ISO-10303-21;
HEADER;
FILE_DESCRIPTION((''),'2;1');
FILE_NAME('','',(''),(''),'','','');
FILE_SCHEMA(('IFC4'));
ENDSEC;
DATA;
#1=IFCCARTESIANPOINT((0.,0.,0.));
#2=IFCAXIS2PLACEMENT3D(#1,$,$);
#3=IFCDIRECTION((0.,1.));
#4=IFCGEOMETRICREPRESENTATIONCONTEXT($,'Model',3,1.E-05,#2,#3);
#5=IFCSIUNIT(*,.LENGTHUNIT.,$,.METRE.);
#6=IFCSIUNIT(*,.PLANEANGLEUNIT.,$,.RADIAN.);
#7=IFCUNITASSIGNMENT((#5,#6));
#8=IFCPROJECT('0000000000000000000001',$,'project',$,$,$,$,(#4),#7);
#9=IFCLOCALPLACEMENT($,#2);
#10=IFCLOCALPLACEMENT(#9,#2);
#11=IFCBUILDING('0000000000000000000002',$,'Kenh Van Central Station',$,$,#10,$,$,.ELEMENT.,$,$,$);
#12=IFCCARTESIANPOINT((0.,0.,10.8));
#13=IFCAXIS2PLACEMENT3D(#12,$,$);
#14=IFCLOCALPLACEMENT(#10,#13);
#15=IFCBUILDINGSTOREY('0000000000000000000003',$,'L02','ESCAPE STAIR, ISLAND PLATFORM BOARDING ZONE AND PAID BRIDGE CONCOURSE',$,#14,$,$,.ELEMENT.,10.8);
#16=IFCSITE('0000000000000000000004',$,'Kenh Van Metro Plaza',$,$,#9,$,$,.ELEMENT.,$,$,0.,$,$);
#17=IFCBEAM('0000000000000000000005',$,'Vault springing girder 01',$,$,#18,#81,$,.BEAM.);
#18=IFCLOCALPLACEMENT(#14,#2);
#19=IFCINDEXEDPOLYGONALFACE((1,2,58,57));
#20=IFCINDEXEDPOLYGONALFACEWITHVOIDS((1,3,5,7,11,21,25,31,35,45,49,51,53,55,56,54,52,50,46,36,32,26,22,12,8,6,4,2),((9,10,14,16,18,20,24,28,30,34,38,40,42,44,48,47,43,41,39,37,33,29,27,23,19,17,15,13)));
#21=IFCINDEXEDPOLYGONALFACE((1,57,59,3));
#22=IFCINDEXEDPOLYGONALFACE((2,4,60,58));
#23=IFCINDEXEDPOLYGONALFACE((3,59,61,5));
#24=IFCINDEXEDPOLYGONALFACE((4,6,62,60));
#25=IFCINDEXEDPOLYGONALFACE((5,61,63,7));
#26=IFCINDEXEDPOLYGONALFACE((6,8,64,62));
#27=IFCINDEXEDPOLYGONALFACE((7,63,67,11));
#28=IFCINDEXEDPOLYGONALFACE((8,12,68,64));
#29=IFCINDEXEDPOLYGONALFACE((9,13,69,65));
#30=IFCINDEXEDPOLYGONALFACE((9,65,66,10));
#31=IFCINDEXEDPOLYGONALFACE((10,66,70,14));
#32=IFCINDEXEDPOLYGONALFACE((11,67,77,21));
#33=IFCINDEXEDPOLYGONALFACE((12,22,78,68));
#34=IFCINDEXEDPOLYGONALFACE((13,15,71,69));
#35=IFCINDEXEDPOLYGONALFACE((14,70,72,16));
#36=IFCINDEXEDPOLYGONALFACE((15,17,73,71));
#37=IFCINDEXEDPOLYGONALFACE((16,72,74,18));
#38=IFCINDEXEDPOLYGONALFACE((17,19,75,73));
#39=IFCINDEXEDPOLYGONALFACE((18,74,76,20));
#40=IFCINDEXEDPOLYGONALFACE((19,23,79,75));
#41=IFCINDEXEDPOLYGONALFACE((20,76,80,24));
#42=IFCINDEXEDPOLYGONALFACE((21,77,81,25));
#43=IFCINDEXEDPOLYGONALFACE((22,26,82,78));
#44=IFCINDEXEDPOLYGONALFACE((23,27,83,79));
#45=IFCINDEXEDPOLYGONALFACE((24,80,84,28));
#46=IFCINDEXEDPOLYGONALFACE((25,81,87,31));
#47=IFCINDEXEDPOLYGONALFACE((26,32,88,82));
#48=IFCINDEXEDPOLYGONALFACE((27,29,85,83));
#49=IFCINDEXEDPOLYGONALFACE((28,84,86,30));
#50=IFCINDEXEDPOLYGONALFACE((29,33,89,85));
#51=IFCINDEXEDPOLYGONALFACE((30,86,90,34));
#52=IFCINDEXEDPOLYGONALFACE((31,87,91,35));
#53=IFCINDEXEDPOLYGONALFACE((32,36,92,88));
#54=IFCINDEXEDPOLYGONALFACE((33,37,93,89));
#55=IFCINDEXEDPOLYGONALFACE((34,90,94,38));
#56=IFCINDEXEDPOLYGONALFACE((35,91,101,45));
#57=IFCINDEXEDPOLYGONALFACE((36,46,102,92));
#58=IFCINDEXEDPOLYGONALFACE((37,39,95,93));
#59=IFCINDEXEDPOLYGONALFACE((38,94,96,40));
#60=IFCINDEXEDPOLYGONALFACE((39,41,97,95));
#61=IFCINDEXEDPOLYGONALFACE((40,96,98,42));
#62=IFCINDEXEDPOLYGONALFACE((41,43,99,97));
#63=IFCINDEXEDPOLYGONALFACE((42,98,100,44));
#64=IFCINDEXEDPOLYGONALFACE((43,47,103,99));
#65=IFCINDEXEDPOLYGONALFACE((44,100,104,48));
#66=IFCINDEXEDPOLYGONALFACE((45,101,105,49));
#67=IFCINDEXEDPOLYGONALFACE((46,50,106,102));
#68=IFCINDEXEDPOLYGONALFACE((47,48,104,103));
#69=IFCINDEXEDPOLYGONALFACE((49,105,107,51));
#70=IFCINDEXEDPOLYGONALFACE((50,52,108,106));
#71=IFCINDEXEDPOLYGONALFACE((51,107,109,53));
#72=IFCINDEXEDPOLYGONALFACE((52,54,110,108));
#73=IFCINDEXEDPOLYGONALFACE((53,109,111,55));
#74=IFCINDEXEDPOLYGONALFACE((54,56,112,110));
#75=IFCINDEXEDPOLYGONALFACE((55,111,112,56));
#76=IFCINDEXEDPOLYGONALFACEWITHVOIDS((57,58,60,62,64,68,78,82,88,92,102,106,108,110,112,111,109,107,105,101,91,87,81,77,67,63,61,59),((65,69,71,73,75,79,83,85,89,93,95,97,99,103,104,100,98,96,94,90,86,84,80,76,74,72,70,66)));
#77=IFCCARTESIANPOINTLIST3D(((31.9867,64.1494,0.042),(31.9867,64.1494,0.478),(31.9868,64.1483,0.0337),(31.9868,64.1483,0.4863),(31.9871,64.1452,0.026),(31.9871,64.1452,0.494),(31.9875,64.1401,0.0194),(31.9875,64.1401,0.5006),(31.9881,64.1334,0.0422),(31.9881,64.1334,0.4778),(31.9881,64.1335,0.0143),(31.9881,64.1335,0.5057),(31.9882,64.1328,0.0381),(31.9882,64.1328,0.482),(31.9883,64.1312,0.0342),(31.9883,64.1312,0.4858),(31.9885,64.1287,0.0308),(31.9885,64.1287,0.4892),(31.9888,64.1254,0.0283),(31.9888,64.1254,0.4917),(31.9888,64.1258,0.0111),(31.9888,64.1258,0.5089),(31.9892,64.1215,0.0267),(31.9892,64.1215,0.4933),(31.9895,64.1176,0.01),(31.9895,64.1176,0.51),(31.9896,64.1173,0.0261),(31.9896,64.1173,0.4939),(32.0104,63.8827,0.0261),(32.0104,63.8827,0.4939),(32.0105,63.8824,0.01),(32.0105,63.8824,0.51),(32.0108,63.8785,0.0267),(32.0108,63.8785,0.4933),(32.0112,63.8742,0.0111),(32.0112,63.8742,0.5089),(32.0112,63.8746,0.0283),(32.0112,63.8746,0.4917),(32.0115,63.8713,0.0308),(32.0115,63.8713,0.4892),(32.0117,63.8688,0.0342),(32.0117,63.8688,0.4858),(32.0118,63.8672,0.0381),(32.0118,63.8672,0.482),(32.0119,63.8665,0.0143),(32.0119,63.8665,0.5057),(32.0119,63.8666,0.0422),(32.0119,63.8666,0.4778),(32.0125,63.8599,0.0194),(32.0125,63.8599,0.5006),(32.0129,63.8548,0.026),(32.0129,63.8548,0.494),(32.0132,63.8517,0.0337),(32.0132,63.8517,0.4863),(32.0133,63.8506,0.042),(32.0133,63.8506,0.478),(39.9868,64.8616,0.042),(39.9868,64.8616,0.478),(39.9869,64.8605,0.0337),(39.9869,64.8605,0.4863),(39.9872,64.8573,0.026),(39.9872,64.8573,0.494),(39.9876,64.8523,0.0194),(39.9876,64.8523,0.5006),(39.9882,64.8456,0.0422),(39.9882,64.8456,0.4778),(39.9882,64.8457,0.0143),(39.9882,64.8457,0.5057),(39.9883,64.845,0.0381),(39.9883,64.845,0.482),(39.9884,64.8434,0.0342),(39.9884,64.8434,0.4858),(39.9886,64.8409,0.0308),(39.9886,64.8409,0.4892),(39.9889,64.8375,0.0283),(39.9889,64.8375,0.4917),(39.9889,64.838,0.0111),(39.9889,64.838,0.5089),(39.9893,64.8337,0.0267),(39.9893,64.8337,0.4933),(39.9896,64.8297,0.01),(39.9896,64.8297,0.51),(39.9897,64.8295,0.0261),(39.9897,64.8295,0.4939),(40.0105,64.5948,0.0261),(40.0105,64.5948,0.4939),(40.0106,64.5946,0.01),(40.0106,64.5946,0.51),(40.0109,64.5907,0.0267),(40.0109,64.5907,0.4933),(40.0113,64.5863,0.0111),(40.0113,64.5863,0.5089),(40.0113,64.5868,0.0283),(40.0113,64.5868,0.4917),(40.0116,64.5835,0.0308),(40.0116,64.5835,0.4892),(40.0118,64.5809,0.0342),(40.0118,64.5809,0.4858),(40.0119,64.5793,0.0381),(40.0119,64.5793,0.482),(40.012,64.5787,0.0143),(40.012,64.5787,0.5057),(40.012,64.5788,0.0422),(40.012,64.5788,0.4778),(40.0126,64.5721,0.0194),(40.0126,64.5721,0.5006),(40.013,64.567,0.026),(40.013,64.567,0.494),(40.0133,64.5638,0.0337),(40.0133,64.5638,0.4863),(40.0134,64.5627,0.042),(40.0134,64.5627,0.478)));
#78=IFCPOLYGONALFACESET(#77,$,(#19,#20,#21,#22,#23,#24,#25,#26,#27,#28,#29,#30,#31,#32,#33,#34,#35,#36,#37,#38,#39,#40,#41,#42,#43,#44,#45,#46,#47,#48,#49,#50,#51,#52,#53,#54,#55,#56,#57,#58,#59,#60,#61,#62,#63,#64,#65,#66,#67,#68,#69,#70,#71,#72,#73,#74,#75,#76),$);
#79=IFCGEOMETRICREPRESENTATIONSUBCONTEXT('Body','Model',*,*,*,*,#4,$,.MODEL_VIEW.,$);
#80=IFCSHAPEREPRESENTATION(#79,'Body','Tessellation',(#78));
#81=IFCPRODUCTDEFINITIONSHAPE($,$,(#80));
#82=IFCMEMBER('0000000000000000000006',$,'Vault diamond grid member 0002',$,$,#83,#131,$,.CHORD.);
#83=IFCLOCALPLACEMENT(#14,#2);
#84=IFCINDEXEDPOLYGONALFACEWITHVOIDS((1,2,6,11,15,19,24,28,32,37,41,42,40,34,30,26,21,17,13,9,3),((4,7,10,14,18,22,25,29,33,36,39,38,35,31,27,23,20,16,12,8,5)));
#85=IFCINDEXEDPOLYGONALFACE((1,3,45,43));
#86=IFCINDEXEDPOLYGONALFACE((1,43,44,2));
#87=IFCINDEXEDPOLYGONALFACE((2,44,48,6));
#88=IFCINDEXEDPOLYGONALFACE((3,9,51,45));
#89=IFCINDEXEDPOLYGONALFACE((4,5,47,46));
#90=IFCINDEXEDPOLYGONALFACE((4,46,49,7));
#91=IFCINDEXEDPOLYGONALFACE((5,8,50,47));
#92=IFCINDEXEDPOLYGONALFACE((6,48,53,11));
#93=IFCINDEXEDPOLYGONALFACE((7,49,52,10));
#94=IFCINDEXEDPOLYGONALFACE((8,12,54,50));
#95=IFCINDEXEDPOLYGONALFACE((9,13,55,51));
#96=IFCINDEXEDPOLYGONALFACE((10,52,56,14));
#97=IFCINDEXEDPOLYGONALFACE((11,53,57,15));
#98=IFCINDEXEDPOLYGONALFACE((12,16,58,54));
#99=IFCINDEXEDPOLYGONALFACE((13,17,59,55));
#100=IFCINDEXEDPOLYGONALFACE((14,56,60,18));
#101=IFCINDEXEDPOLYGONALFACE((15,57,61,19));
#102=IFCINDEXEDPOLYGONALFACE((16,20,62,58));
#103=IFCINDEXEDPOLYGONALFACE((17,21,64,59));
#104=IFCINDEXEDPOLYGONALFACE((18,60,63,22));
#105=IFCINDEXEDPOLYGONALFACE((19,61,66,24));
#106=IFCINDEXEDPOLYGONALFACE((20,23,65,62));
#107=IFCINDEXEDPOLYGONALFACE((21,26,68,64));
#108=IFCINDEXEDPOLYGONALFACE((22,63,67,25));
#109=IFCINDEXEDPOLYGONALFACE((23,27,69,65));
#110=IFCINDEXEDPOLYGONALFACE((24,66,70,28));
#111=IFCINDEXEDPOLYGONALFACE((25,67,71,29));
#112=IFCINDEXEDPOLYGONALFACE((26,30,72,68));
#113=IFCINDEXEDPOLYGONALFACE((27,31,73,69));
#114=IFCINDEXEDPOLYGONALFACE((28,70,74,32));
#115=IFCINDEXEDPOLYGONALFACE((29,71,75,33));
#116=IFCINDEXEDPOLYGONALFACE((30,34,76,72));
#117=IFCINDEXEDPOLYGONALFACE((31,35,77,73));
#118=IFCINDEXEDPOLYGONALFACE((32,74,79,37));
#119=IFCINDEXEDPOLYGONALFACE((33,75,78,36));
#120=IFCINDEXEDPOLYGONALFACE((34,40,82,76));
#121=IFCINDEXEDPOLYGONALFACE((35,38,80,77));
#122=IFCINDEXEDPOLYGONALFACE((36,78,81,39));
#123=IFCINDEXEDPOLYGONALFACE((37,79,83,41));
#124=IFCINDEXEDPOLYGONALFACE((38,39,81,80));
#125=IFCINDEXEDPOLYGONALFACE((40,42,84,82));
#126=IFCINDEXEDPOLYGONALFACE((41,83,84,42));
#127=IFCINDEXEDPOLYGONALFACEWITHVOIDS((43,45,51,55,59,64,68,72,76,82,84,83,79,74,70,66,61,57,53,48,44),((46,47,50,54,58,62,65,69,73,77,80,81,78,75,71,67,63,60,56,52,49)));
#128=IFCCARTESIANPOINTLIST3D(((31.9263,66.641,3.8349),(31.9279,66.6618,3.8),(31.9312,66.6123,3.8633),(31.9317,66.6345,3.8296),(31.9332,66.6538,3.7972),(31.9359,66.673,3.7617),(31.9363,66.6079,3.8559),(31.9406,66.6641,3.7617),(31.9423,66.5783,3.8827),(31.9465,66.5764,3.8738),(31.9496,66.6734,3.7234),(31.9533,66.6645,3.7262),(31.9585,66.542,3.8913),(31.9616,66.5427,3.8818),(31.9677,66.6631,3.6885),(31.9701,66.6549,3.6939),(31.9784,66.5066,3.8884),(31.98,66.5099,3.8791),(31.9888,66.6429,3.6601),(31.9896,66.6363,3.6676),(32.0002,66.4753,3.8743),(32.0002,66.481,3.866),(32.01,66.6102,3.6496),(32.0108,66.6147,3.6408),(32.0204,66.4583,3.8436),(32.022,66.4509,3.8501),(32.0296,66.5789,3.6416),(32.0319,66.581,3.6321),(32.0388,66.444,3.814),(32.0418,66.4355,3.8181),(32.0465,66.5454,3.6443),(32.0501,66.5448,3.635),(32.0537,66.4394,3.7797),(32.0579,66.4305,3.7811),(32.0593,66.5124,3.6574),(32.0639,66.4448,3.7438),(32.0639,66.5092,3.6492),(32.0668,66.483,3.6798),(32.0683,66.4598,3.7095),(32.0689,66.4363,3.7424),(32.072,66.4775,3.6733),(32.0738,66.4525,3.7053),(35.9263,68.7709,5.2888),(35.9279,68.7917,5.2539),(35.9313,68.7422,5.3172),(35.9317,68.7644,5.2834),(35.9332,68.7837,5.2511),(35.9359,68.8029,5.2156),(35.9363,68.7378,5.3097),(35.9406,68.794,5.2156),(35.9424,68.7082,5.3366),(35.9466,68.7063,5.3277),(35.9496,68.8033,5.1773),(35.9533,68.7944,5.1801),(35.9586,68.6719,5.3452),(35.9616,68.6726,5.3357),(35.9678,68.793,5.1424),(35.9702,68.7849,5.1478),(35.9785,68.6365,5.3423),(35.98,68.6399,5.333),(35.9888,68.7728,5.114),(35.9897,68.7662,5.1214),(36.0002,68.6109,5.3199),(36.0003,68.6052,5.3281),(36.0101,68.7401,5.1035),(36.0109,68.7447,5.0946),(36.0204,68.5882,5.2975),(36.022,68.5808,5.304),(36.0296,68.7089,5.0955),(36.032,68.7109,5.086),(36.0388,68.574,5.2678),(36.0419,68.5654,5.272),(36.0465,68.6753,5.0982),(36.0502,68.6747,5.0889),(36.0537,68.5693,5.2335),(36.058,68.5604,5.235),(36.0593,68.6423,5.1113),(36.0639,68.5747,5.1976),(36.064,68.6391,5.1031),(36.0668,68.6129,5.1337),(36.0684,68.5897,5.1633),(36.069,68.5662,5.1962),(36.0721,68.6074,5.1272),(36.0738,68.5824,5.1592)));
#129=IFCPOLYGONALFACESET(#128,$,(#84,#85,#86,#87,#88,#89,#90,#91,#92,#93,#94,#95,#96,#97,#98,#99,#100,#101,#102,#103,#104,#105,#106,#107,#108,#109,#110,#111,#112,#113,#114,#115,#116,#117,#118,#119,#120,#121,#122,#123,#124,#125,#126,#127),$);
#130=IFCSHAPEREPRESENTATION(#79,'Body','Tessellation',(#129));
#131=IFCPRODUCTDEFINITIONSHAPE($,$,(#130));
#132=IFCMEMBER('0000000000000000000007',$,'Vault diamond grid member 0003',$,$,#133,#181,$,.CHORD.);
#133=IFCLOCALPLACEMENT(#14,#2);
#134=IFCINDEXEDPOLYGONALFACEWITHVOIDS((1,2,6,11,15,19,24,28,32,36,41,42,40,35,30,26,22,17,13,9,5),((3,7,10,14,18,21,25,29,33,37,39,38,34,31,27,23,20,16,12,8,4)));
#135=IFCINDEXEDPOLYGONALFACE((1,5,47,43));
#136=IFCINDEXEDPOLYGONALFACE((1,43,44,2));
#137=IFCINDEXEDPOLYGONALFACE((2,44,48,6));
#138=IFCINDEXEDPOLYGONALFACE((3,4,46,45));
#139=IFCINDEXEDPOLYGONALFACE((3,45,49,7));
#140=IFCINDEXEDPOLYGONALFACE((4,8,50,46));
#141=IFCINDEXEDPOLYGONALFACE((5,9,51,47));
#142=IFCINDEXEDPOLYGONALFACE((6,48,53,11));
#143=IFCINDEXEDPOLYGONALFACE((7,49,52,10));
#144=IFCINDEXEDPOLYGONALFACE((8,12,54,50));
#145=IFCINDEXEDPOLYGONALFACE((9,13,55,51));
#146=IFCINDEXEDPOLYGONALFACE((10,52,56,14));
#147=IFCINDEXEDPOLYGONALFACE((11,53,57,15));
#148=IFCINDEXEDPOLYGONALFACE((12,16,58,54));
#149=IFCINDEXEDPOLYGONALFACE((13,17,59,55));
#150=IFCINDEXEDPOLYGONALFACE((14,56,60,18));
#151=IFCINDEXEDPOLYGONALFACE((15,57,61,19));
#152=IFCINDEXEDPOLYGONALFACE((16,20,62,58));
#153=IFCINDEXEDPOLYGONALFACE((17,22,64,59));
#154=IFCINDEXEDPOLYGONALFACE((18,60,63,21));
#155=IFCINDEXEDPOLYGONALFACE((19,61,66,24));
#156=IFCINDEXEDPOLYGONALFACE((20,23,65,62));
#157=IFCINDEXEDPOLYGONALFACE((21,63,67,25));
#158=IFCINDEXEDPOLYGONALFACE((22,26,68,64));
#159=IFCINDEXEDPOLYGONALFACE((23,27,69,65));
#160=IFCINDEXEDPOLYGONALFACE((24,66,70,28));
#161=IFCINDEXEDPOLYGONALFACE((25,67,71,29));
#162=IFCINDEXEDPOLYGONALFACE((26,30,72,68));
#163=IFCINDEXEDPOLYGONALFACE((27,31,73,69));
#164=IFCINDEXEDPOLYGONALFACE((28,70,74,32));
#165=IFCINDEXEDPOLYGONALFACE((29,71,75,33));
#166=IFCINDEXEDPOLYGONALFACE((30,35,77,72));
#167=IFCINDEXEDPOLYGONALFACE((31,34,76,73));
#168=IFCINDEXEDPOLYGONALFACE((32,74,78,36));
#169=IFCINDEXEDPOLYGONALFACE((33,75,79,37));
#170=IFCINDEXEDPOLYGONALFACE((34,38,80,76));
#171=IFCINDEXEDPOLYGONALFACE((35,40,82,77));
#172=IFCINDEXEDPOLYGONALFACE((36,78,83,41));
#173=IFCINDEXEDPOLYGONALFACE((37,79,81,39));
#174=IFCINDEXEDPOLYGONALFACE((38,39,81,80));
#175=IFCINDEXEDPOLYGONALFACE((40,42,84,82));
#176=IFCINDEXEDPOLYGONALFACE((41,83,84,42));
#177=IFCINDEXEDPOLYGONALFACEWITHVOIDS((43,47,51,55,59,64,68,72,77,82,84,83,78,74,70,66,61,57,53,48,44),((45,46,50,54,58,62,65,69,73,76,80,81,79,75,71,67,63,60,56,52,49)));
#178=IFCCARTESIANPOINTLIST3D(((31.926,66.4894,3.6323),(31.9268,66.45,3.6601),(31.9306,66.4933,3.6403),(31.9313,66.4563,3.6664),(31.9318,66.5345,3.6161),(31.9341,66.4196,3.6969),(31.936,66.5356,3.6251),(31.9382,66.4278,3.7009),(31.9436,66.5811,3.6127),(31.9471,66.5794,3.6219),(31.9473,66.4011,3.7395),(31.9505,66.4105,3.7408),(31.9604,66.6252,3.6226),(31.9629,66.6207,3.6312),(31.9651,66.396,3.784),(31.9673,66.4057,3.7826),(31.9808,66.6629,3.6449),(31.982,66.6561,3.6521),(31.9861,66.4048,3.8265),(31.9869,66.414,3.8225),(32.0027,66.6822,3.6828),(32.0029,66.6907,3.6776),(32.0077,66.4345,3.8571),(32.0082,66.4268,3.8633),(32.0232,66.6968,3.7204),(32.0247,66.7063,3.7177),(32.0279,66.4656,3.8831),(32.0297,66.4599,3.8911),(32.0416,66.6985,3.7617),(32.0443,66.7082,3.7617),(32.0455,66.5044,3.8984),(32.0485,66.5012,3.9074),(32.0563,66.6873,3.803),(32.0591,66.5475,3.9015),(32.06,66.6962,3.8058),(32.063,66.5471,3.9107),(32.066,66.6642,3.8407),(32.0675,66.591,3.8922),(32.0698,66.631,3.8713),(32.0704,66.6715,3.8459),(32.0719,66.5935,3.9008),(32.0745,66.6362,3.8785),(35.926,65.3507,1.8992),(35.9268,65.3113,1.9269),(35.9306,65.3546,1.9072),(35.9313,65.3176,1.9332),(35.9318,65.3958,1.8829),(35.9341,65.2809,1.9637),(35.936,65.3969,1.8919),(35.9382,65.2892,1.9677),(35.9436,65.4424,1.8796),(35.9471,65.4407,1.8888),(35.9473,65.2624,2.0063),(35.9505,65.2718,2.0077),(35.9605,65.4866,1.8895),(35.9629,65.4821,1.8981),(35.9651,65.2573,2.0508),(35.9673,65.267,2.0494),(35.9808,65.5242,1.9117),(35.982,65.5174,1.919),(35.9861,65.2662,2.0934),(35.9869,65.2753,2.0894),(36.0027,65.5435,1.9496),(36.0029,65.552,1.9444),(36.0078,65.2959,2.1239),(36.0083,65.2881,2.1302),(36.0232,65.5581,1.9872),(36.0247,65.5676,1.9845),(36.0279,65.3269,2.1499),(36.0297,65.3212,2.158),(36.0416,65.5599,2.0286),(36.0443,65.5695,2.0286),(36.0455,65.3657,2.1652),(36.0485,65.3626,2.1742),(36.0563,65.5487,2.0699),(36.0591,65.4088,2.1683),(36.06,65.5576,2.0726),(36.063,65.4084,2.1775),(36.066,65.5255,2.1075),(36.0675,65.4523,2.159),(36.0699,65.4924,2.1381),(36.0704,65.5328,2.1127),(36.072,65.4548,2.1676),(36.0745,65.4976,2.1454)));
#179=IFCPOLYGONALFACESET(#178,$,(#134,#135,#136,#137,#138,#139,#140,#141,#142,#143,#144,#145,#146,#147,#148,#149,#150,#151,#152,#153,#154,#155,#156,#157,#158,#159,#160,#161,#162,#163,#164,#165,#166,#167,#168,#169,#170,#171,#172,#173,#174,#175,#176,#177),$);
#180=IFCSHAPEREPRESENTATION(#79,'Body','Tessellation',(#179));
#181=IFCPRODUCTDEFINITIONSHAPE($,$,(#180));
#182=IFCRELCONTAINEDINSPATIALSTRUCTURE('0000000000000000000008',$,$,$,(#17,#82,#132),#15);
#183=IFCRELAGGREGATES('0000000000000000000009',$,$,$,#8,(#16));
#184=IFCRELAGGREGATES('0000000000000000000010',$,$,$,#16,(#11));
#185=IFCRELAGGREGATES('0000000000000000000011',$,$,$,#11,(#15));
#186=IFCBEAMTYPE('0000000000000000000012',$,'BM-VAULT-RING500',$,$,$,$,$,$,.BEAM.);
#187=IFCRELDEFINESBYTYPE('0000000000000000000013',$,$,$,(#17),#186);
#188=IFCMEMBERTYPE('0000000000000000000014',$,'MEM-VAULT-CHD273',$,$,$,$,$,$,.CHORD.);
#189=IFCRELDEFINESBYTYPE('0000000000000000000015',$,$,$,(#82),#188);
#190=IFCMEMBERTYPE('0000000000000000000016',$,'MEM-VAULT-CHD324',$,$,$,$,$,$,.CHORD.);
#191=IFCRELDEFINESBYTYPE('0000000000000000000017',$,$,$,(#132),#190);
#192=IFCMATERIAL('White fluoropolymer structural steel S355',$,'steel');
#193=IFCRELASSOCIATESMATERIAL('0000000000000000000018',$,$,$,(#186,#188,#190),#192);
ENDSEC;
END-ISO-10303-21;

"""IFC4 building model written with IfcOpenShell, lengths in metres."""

from ifc_helpers import new_model, si_unit, direction, frame, origin, origin_2d, place, context, subcontext, project, spatial, hollow_rectangle, hollow_circle, extrude, material, material_profile, profile_set, type_object, element, save


model = new_model("IFC4")

# Units and contexts
model_context = context("Model", 3, precision=1e-05, world=origin(), true_north=direction((0.0, 1.0)))
body_context = subcontext(model_context, "Body", "Model", "MODEL_VIEW")
ifc_project = project(units=[si_unit("LENGTHUNIT", "METRE"), si_unit("PLANEANGLEUNIT", "RADIAN")], contexts=[model_context])

# Site, building, storey
site_placement = place(None, origin())
site = spatial("IfcSite", under=ifc_project, at=site_placement, Name="Kenh Van Metro Plaza", CompositionType="ELEMENT", RefElevation=0.0)
building_placement = place(site_placement, origin())
building = spatial("IfcBuilding", under=site, at=building_placement, Name="Kenh Van Central Station", CompositionType="ELEMENT")
storey_placement = place(building_placement, frame((0.0, 0.0, 10.8)))
storey = spatial("IfcBuildingStorey", under=building, at=storey_placement, Name="L02", Description="ESCAPE STAIR, ISLAND PLATFORM BOARDING ZONE AND PAID BRIDGE CONCOURSE", CompositionType="ELEMENT", Elevation=10.8)

# Beam
ifc_material_1 = material(Name="White fluoropolymer structural steel S355", Category="steel")
ifc_material_profile_1 = material_profile(ifc_material_1, hollow_rectangle(XDim=0.3, YDim=0.5, WallThickness=0.0161, InnerFilletRadius=0.0161, OuterFilletRadius=0.032, at=origin_2d()), Name="RHS 500x300x16")
ifc_profile_set_1 = profile_set([ifc_material_profile_1], Name="White fluoropolymer structural steel S355")
beam_type_1 = type_object("IfcBeamType", Name="BM-VAULT-RING500", PredefinedType="BEAM", material=ifc_profile_set_1)
beam_1_placement = place(storey_placement, frame((32.0, 64.0, 0.26), z_axis=(0.996061, 0.088669, 0.0), x_axis=(-0.088669, 0.996061, 0.0)))
element("IfcBeam", 1, at=beam_1_placement, inside=storey, type_object=beam_type_1, Name="Vault springing girder 01", PredefinedType="BEAM", context=body_context, shape_type="SweptSolid", body=[
    extrude(hollow_rectangle(XDim=0.3, YDim=0.5, WallThickness=0.0161, InnerFilletRadius=0.0161, OuterFilletRadius=0.032, at=origin_2d()), origin(), (0.0, 0.0, 1.0), 8.0317),
])

# Members
ifc_material_profile_2 = material_profile(ifc_material_1, hollow_circle(Radius=0.1365, WallThickness=0.01, at=origin_2d()), Name="CHS 273x10")
ifc_profile_set_2 = profile_set([ifc_material_profile_2], Name="White fluoropolymer structural steel S355")
member_type_1 = type_object("IfcMemberType", Name="MEM-VAULT-CHD273", PredefinedType="CHORD", material=ifc_profile_set_2)
member_1_placement = place(storey_placement, frame((32.0, 66.5525, 3.7617), z_axis=(0.840475, 0.447528, 0.305483), x_axis=(-0.469995, 0.882669, 0.0)))
element("IfcMember", 2, at=member_1_placement, inside=storey, type_object=member_type_1, Name="Vault diamond grid member 0002", PredefinedType="CHORD", context=body_context, shape_type="SweptSolid", body=[
    extrude(hollow_circle(Radius=0.1365, WallThickness=0.01, at=origin_2d()), origin(), (0.0, 0.0, 1.0), 4.7593),
])
ifc_material_profile_3 = material_profile(ifc_material_1, hollow_circle(Radius=0.1619, WallThickness=0.01, at=origin_2d()), Name="CHS 323.9x10")
ifc_profile_set_3 = profile_set([ifc_material_profile_3], Name="White fluoropolymer structural steel S355")
member_type_2 = type_object("IfcMemberType", Name="MEM-VAULT-CHD324", PredefinedType="CHORD", material=ifc_profile_set_3)
member_2_placement = place(storey_placement, frame((32.0, 66.5525, 3.7617), z_axis=(0.887785, -0.252724, -0.384667), x_axis=(0.273791, 0.961789, 0.0)))
element("IfcMember", 3, at=member_2_placement, inside=storey, type_object=member_type_2, Name="Vault diamond grid member 0003", PredefinedType="CHORD", context=body_context, shape_type="SweptSolid", body=[
    extrude(hollow_circle(Radius=0.1619, WallThickness=0.01, at=origin_2d()), origin(), (0.0, 0.0, 1.0), 4.5056),
])

save(model, "model.ifc")
